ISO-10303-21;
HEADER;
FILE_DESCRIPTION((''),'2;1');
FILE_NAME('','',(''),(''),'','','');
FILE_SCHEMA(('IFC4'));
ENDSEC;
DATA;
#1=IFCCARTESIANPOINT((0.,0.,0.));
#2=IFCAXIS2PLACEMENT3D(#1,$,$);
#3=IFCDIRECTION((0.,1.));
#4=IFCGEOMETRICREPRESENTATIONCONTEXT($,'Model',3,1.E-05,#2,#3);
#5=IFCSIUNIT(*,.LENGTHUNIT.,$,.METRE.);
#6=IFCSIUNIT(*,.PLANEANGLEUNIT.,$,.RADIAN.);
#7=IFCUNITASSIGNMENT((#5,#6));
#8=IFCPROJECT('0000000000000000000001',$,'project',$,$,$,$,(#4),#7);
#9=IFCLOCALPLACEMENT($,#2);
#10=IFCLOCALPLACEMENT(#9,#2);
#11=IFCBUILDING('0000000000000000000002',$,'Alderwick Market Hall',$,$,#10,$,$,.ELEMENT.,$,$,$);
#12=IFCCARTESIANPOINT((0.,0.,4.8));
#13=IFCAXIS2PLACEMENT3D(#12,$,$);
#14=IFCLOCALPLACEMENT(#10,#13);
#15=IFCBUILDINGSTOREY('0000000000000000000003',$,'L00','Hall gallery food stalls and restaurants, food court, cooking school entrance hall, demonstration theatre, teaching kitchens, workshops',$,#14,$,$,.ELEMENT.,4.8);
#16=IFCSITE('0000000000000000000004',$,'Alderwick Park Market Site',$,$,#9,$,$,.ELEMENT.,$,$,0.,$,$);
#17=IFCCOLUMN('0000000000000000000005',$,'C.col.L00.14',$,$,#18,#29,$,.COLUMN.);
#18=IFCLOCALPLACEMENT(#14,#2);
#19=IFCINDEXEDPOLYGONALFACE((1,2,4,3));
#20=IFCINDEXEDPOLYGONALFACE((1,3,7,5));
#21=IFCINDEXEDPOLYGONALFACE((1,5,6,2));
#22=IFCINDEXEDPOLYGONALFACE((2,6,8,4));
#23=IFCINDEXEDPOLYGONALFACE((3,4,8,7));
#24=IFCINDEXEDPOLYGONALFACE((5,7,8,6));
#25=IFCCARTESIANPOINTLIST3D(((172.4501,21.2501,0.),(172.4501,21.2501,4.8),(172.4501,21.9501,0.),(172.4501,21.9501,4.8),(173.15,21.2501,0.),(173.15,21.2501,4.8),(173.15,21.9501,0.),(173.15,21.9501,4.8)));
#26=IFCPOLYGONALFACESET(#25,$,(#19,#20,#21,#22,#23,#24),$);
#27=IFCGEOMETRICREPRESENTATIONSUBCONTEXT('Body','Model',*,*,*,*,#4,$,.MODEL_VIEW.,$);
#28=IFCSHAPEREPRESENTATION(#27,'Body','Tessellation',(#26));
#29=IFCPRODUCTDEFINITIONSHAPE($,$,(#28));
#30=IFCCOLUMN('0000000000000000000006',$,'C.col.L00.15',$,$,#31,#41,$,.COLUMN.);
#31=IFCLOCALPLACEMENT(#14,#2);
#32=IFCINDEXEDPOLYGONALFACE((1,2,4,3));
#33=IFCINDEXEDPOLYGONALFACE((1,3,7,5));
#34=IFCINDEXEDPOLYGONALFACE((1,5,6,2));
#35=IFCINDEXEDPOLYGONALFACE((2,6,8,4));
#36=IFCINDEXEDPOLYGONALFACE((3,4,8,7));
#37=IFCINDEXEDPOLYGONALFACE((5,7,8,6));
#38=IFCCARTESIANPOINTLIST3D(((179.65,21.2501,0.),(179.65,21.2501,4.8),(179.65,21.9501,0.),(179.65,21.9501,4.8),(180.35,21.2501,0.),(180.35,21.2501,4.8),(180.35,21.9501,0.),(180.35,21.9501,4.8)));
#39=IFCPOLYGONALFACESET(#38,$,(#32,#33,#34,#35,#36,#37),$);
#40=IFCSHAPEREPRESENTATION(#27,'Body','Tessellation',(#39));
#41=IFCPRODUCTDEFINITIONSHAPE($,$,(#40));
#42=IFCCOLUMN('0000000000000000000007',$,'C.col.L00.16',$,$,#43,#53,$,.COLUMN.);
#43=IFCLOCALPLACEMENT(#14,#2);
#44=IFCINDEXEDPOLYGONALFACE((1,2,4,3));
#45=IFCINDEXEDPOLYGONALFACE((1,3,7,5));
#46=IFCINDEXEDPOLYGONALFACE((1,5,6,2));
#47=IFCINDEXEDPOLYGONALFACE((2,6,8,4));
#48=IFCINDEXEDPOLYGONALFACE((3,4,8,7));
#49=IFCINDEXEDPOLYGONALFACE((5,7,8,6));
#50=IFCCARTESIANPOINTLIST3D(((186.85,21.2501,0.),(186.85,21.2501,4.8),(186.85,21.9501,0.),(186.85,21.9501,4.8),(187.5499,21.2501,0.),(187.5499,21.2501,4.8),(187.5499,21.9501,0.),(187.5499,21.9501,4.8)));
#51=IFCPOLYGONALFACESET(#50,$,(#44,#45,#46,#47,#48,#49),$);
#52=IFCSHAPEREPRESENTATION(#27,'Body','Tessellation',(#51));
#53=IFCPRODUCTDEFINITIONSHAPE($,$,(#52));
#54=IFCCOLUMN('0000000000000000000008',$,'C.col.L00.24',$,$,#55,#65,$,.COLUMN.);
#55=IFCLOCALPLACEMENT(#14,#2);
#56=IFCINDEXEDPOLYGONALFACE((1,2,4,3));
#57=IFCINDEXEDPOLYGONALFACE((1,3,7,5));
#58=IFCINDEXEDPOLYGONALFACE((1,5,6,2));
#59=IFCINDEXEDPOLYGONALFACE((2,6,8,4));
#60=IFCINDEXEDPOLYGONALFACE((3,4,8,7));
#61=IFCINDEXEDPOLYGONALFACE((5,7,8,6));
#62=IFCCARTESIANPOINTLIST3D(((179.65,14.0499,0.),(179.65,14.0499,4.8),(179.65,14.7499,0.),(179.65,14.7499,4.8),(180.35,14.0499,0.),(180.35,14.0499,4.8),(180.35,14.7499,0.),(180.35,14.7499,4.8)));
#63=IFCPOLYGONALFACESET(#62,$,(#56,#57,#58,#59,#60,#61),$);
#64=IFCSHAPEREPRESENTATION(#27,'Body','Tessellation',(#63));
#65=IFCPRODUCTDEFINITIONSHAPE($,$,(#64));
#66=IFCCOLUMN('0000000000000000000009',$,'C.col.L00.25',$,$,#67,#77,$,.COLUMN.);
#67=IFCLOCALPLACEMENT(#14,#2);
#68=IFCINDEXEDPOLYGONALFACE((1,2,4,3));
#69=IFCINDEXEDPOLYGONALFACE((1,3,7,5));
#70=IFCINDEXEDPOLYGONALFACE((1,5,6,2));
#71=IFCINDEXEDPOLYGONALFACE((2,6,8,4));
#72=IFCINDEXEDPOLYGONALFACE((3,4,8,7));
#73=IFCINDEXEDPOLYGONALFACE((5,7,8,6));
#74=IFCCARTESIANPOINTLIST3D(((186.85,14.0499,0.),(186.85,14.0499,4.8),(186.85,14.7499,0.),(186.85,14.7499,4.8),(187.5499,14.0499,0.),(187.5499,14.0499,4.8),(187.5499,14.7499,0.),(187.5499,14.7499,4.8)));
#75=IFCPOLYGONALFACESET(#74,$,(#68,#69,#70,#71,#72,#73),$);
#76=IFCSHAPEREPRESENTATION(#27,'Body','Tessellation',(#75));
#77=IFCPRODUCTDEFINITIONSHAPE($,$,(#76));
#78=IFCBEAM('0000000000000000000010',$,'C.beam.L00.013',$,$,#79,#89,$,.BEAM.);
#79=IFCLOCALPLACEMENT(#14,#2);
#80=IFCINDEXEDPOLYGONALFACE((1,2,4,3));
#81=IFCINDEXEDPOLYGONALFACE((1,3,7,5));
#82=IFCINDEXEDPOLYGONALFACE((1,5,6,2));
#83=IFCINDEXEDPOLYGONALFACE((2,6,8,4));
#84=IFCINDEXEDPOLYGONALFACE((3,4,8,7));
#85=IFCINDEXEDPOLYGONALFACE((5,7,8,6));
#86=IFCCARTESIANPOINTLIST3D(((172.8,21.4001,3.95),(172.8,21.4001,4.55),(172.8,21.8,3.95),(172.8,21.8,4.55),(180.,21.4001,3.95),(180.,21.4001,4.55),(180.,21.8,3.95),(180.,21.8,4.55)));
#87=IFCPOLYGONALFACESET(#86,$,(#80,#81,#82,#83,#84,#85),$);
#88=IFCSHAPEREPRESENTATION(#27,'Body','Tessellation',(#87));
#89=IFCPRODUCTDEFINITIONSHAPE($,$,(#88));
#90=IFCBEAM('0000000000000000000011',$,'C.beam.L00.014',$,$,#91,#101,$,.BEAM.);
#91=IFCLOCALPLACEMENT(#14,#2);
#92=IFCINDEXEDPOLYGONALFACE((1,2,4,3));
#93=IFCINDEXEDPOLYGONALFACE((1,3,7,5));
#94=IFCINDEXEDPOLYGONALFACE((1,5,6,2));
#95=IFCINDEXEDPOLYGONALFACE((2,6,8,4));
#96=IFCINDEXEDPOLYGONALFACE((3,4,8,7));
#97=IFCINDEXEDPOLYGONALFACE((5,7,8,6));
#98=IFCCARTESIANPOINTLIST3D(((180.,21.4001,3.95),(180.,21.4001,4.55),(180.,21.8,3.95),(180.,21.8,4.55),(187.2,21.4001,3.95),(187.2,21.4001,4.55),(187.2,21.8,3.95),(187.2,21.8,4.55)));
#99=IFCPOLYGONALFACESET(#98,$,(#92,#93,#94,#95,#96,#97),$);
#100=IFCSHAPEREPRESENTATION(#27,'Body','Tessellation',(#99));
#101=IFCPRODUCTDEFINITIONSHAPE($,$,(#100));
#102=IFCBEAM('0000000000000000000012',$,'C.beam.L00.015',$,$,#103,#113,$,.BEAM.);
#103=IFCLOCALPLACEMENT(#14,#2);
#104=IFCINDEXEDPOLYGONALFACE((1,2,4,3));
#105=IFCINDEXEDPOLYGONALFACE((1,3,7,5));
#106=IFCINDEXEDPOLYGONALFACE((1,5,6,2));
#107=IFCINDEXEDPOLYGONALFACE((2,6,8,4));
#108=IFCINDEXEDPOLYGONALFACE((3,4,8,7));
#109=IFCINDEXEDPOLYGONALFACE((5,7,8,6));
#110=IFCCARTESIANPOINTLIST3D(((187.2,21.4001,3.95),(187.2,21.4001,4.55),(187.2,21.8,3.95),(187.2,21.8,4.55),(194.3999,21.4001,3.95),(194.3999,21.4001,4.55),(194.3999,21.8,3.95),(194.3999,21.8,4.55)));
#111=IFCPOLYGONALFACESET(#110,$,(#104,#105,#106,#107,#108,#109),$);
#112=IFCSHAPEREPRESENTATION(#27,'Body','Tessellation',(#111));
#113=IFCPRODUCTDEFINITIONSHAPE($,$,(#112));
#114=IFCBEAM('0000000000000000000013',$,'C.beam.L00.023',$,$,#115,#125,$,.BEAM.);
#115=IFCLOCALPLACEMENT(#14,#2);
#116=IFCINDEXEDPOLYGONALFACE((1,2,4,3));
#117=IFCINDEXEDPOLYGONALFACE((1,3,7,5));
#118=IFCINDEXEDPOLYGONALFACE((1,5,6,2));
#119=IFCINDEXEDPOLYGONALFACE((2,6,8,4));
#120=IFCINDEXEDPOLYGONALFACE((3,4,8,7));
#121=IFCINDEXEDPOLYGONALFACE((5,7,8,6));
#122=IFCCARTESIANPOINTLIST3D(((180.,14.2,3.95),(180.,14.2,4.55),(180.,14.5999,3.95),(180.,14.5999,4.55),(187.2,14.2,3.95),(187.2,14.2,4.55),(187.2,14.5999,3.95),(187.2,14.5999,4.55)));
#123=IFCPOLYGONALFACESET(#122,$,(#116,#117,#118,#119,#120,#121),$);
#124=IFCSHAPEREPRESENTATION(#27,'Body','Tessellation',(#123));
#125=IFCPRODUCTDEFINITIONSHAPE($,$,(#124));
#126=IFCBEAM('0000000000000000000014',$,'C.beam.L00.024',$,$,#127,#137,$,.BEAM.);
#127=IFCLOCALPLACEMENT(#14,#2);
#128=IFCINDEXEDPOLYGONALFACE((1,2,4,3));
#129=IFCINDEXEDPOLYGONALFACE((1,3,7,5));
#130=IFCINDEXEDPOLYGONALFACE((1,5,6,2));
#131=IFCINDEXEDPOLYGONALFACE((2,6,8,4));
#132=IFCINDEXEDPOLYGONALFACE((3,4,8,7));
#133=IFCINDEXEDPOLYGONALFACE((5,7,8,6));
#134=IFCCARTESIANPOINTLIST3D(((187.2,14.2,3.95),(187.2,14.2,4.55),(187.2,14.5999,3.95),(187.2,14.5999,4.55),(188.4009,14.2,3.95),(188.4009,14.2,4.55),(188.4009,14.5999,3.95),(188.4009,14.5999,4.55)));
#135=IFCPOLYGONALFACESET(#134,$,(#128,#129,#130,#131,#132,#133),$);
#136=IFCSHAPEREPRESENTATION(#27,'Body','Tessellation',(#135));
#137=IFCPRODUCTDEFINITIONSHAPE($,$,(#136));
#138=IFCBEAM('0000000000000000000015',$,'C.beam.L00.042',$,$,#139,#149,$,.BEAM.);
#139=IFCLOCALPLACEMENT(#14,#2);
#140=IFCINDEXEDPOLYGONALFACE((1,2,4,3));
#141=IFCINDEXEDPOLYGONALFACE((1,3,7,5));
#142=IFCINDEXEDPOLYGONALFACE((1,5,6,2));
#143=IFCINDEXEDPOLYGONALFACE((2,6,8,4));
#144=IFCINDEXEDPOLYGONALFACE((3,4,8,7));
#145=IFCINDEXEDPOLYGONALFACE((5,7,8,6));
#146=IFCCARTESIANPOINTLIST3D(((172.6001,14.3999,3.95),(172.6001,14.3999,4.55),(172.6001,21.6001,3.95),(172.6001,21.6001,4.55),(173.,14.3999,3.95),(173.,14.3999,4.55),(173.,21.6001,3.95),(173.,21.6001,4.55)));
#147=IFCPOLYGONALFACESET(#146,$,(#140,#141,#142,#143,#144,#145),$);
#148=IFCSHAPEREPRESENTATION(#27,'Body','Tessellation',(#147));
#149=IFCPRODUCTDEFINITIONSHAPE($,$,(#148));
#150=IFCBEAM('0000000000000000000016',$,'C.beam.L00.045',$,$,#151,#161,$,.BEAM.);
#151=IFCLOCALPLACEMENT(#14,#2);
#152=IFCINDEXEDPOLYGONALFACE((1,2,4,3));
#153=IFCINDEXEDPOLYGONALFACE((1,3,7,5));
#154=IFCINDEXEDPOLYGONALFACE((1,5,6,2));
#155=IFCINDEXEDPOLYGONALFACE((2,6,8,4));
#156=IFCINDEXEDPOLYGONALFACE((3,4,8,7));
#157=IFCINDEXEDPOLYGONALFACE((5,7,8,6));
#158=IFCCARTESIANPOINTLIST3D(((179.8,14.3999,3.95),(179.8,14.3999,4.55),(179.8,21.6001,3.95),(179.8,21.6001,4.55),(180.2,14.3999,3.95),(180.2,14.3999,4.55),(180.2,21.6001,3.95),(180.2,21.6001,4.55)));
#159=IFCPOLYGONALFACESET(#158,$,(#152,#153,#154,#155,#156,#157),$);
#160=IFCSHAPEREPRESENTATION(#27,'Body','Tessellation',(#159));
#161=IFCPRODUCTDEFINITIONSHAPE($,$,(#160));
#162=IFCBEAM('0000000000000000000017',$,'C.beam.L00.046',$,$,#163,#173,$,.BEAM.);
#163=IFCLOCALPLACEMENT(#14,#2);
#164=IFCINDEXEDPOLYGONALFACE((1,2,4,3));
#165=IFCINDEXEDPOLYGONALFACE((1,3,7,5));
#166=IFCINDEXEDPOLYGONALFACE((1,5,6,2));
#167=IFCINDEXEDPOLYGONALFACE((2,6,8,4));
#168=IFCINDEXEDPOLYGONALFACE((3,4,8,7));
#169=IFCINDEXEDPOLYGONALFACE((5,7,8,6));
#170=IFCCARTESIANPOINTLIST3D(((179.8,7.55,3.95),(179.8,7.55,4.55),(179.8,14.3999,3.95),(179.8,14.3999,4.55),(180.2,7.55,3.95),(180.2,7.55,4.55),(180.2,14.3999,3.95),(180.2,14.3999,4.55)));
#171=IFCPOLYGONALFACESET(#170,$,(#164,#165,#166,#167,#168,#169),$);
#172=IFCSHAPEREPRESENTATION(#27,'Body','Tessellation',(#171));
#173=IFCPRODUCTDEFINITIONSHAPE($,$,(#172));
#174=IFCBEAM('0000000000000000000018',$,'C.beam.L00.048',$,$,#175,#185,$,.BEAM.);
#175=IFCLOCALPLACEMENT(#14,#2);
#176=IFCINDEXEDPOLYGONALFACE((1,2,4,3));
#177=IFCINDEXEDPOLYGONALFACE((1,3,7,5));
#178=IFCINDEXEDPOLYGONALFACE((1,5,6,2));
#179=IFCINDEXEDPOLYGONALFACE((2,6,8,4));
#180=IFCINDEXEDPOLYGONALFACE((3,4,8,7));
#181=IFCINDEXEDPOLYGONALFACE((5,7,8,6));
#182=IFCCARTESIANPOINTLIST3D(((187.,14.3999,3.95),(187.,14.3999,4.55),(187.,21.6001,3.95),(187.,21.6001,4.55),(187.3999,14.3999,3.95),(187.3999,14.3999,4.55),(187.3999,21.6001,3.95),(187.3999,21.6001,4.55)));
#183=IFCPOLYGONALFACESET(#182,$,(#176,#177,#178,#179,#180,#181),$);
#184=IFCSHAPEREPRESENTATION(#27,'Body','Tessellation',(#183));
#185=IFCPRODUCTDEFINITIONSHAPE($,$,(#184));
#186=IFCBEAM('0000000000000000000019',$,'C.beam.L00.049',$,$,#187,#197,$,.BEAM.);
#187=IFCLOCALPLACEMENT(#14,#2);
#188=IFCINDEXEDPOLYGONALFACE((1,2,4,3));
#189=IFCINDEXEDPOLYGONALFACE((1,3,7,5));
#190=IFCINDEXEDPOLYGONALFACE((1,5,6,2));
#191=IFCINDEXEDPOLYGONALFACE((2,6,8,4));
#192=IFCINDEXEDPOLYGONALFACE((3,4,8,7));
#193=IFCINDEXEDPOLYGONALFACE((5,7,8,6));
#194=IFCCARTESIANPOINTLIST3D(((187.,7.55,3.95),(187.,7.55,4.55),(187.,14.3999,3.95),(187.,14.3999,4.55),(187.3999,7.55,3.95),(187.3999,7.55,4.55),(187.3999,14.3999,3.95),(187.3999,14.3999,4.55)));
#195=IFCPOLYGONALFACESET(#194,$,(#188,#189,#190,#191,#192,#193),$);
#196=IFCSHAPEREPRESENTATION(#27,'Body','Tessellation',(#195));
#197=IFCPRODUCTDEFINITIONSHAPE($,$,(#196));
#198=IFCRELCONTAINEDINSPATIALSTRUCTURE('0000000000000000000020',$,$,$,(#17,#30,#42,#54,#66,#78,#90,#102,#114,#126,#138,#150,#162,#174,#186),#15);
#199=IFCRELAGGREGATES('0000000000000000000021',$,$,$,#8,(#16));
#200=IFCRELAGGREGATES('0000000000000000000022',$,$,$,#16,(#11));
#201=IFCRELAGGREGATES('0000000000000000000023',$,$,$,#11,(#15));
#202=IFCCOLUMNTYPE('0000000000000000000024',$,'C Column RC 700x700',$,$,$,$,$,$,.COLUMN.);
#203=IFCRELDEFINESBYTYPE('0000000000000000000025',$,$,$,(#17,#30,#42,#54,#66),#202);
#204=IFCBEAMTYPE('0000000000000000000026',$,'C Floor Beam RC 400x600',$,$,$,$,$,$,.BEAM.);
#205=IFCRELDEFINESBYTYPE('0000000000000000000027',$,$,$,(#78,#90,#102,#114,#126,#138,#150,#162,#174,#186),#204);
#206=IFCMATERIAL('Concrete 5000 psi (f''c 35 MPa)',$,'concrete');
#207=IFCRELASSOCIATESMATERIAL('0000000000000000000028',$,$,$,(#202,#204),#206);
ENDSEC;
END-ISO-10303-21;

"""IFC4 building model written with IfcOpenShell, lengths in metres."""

from ifc_helpers import new_model, si_unit, direction, frame, origin, origin_2d, place, context, subcontext, project, spatial, rectangle, extrude, material, material_profile, profile_set, type_object, element, save


model = new_model("IFC4")

# Units and contexts
model_context = context("Model", 3, precision=1e-05, world=origin(), true_north=direction((0.0, 1.0)))
body_context = subcontext(model_context, "Body", "Model", "MODEL_VIEW")
ifc_project = project(units=[si_unit("LENGTHUNIT", "METRE"), si_unit("PLANEANGLEUNIT", "RADIAN")], contexts=[model_context])

# Site, building, storey
site_placement = place(None, origin())
site = spatial("IfcSite", under=ifc_project, at=site_placement, Name="Alderwick Park Market Site", CompositionType="ELEMENT", RefElevation=0.0)
building_placement = place(site_placement, origin())
building = spatial("IfcBuilding", under=site, at=building_placement, Name="Alderwick Market Hall", CompositionType="ELEMENT")
storey_placement = place(building_placement, frame((0.0, 0.0, 4.8)))
storey = spatial("IfcBuildingStorey", under=building, at=storey_placement, Name="L00", Description="Hall gallery food stalls and restaurants, food court, cooking school entrance hall, demonstration theatre, teaching kitchens, workshops", CompositionType="ELEMENT", Elevation=4.8)

# Columns
ifc_material_1 = material(Name="Concrete 5000 psi (f'c 35 MPa)", Category="concrete")
ifc_material_profile_1 = material_profile(ifc_material_1, rectangle(XDim=0.7, YDim=0.7, at=origin_2d()), Name="RC 700x700")
ifc_profile_set_1 = profile_set([ifc_material_profile_1], Name="Concrete 5000 psi (f'c 35 MPa)")
column_type = type_object("IfcColumnType", Name="C Column RC 700x700", PredefinedType="COLUMN", material=ifc_profile_set_1)
for number, where, z_axis, x_axis, name in (
    (1, (172.8, 21.6001, 0.0), (0.0, 0.0, 1.0), (1.0, 0.0, 0.0), "C.col.L00.14"),
    (2, (180.0, 21.6001, 0.0), (0.0, 0.0, 1.0), (1.0, 0.0, 0.0), "C.col.L00.15"),
    (3, (187.2, 21.6001, 0.0), (0.0, 0.0, 1.0), (1.0, 0.0, 0.0), "C.col.L00.16"),
    (4, (180.0, 14.3999, 0.0), (0.0, 0.0, 1.0), (1.0, 0.0, 0.0), "C.col.L00.24"),
    (5, (187.2, 14.3999, 0.0), (0.0, 0.0, 1.0), (1.0, 0.0, 0.0), "C.col.L00.25"),
):
    element("IfcColumn", number, at=place(storey_placement, frame(where, z_axis=z_axis, x_axis=x_axis)), inside=storey, type_object=column_type, Name=name, PredefinedType="COLUMN", context=body_context, shape_type="SweptSolid", body=[
        extrude(rectangle(XDim=0.7, YDim=0.7, at=origin_2d()), origin(), (0.0, 0.0, 1.0), 4.8),
    ])

# Beams
ifc_material_profile_2 = material_profile(ifc_material_1, rectangle(XDim=0.3999, YDim=0.6001, at=origin_2d()), Name="RC 400x600")
ifc_profile_set_2 = profile_set([ifc_material_profile_2], Name="Concrete 5000 psi (f'c 35 MPa)")
beam_type = type_object("IfcBeamType", Name="C Floor Beam RC 400x600", PredefinedType="BEAM", material=ifc_profile_set_2)
for number, where, z_axis, x_axis, name in (
    (6, (172.8, 21.6001, 4.25), (1.0, 0.0, 0.0), (0.0, 1.0, 0.0), "C.beam.L00.013"),
    (7, (180.0, 21.6001, 4.25), (1.0, 0.0, 0.0), (0.0, 1.0, 0.0), "C.beam.L00.014"),
    (8, (187.2, 21.6001, 4.25), (1.0, 0.0, 0.0), (0.0, 1.0, 0.0), "C.beam.L00.015"),
    (9, (180.0, 14.3999, 4.25), (1.0, 0.0, 0.0), (0.0, 1.0, 0.0), "C.beam.L00.023"),
):
    element("IfcBeam", number, at=place(storey_placement, frame(where, z_axis=z_axis, x_axis=x_axis)), inside=storey, type_object=beam_type, Name=name, PredefinedType="BEAM", context=body_context, shape_type="SweptSolid", body=[
        extrude(rectangle(XDim=0.3999, YDim=0.6001, at=origin_2d()), origin(), (0.0, 0.0, 1.0), 7.2),
    ])
beam_1_placement = place(storey_placement, frame((187.2, 14.3999, 4.25), z_axis=(1.0, 0.0, 0.0), x_axis=(0.0, 1.0, 0.0)))
element("IfcBeam", 10, at=beam_1_placement, inside=storey, type_object=beam_type, Name="C.beam.L00.024", PredefinedType="BEAM", context=body_context, shape_type="SweptSolid", body=[
    extrude(rectangle(XDim=0.3999, YDim=0.6001, at=origin_2d()), origin(), (0.0, 0.0, 1.0), 1.2009),
])
for number, where, z_axis, x_axis, name in (
    (11, (172.8, 21.6001, 4.25), (0.0, -1.0, 0.0), (1.0, 0.0, 0.0), "C.beam.L00.042"),
    (12, (180.0, 21.6001, 4.25), (0.0, -1.0, 0.0), (1.0, 0.0, 0.0), "C.beam.L00.045"),
):
    element("IfcBeam", number, at=place(storey_placement, frame(where, z_axis=z_axis, x_axis=x_axis)), inside=storey, type_object=beam_type, Name=name, PredefinedType="BEAM", context=body_context, shape_type="SweptSolid", body=[
        extrude(rectangle(XDim=0.3999, YDim=0.6001, at=origin_2d()), origin(), (0.0, 0.0, 1.0), 7.2002),
    ])
beam_2_placement = place(storey_placement, frame((180.0, 14.3999, 4.25), z_axis=(0.0, -1.0, 0.0), x_axis=(1.0, 0.0, 0.0)))
element("IfcBeam", 13, at=beam_2_placement, inside=storey, type_object=beam_type, Name="C.beam.L00.046", PredefinedType="BEAM", context=body_context, shape_type="SweptSolid", body=[
    extrude(rectangle(XDim=0.3999, YDim=0.6001, at=origin_2d()), origin(), (0.0, 0.0, 1.0), 6.8499),
])
beam_3_placement = place(storey_placement, frame((187.2, 21.6001, 4.25), z_axis=(0.0, -1.0, 0.0), x_axis=(1.0, 0.0, 0.0)))
element("IfcBeam", 14, at=beam_3_placement, inside=storey, type_object=beam_type, Name="C.beam.L00.048", PredefinedType="BEAM", context=body_context, shape_type="SweptSolid", body=[
    extrude(rectangle(XDim=0.3999, YDim=0.6001, at=origin_2d()), origin(), (0.0, 0.0, 1.0), 7.2002),
])
beam_4_placement = place(storey_placement, frame((187.2, 14.3999, 4.25), z_axis=(0.0, -1.0, 0.0), x_axis=(1.0, 0.0, 0.0)))
element("IfcBeam", 15, at=beam_4_placement, inside=storey, type_object=beam_type, Name="C.beam.L00.049", PredefinedType="BEAM", context=body_context, shape_type="SweptSolid", body=[
    extrude(rectangle(XDim=0.3999, YDim=0.6001, at=origin_2d()), origin(), (0.0, 0.0, 1.0), 6.8499),
])

save(model, "model.ifc")
